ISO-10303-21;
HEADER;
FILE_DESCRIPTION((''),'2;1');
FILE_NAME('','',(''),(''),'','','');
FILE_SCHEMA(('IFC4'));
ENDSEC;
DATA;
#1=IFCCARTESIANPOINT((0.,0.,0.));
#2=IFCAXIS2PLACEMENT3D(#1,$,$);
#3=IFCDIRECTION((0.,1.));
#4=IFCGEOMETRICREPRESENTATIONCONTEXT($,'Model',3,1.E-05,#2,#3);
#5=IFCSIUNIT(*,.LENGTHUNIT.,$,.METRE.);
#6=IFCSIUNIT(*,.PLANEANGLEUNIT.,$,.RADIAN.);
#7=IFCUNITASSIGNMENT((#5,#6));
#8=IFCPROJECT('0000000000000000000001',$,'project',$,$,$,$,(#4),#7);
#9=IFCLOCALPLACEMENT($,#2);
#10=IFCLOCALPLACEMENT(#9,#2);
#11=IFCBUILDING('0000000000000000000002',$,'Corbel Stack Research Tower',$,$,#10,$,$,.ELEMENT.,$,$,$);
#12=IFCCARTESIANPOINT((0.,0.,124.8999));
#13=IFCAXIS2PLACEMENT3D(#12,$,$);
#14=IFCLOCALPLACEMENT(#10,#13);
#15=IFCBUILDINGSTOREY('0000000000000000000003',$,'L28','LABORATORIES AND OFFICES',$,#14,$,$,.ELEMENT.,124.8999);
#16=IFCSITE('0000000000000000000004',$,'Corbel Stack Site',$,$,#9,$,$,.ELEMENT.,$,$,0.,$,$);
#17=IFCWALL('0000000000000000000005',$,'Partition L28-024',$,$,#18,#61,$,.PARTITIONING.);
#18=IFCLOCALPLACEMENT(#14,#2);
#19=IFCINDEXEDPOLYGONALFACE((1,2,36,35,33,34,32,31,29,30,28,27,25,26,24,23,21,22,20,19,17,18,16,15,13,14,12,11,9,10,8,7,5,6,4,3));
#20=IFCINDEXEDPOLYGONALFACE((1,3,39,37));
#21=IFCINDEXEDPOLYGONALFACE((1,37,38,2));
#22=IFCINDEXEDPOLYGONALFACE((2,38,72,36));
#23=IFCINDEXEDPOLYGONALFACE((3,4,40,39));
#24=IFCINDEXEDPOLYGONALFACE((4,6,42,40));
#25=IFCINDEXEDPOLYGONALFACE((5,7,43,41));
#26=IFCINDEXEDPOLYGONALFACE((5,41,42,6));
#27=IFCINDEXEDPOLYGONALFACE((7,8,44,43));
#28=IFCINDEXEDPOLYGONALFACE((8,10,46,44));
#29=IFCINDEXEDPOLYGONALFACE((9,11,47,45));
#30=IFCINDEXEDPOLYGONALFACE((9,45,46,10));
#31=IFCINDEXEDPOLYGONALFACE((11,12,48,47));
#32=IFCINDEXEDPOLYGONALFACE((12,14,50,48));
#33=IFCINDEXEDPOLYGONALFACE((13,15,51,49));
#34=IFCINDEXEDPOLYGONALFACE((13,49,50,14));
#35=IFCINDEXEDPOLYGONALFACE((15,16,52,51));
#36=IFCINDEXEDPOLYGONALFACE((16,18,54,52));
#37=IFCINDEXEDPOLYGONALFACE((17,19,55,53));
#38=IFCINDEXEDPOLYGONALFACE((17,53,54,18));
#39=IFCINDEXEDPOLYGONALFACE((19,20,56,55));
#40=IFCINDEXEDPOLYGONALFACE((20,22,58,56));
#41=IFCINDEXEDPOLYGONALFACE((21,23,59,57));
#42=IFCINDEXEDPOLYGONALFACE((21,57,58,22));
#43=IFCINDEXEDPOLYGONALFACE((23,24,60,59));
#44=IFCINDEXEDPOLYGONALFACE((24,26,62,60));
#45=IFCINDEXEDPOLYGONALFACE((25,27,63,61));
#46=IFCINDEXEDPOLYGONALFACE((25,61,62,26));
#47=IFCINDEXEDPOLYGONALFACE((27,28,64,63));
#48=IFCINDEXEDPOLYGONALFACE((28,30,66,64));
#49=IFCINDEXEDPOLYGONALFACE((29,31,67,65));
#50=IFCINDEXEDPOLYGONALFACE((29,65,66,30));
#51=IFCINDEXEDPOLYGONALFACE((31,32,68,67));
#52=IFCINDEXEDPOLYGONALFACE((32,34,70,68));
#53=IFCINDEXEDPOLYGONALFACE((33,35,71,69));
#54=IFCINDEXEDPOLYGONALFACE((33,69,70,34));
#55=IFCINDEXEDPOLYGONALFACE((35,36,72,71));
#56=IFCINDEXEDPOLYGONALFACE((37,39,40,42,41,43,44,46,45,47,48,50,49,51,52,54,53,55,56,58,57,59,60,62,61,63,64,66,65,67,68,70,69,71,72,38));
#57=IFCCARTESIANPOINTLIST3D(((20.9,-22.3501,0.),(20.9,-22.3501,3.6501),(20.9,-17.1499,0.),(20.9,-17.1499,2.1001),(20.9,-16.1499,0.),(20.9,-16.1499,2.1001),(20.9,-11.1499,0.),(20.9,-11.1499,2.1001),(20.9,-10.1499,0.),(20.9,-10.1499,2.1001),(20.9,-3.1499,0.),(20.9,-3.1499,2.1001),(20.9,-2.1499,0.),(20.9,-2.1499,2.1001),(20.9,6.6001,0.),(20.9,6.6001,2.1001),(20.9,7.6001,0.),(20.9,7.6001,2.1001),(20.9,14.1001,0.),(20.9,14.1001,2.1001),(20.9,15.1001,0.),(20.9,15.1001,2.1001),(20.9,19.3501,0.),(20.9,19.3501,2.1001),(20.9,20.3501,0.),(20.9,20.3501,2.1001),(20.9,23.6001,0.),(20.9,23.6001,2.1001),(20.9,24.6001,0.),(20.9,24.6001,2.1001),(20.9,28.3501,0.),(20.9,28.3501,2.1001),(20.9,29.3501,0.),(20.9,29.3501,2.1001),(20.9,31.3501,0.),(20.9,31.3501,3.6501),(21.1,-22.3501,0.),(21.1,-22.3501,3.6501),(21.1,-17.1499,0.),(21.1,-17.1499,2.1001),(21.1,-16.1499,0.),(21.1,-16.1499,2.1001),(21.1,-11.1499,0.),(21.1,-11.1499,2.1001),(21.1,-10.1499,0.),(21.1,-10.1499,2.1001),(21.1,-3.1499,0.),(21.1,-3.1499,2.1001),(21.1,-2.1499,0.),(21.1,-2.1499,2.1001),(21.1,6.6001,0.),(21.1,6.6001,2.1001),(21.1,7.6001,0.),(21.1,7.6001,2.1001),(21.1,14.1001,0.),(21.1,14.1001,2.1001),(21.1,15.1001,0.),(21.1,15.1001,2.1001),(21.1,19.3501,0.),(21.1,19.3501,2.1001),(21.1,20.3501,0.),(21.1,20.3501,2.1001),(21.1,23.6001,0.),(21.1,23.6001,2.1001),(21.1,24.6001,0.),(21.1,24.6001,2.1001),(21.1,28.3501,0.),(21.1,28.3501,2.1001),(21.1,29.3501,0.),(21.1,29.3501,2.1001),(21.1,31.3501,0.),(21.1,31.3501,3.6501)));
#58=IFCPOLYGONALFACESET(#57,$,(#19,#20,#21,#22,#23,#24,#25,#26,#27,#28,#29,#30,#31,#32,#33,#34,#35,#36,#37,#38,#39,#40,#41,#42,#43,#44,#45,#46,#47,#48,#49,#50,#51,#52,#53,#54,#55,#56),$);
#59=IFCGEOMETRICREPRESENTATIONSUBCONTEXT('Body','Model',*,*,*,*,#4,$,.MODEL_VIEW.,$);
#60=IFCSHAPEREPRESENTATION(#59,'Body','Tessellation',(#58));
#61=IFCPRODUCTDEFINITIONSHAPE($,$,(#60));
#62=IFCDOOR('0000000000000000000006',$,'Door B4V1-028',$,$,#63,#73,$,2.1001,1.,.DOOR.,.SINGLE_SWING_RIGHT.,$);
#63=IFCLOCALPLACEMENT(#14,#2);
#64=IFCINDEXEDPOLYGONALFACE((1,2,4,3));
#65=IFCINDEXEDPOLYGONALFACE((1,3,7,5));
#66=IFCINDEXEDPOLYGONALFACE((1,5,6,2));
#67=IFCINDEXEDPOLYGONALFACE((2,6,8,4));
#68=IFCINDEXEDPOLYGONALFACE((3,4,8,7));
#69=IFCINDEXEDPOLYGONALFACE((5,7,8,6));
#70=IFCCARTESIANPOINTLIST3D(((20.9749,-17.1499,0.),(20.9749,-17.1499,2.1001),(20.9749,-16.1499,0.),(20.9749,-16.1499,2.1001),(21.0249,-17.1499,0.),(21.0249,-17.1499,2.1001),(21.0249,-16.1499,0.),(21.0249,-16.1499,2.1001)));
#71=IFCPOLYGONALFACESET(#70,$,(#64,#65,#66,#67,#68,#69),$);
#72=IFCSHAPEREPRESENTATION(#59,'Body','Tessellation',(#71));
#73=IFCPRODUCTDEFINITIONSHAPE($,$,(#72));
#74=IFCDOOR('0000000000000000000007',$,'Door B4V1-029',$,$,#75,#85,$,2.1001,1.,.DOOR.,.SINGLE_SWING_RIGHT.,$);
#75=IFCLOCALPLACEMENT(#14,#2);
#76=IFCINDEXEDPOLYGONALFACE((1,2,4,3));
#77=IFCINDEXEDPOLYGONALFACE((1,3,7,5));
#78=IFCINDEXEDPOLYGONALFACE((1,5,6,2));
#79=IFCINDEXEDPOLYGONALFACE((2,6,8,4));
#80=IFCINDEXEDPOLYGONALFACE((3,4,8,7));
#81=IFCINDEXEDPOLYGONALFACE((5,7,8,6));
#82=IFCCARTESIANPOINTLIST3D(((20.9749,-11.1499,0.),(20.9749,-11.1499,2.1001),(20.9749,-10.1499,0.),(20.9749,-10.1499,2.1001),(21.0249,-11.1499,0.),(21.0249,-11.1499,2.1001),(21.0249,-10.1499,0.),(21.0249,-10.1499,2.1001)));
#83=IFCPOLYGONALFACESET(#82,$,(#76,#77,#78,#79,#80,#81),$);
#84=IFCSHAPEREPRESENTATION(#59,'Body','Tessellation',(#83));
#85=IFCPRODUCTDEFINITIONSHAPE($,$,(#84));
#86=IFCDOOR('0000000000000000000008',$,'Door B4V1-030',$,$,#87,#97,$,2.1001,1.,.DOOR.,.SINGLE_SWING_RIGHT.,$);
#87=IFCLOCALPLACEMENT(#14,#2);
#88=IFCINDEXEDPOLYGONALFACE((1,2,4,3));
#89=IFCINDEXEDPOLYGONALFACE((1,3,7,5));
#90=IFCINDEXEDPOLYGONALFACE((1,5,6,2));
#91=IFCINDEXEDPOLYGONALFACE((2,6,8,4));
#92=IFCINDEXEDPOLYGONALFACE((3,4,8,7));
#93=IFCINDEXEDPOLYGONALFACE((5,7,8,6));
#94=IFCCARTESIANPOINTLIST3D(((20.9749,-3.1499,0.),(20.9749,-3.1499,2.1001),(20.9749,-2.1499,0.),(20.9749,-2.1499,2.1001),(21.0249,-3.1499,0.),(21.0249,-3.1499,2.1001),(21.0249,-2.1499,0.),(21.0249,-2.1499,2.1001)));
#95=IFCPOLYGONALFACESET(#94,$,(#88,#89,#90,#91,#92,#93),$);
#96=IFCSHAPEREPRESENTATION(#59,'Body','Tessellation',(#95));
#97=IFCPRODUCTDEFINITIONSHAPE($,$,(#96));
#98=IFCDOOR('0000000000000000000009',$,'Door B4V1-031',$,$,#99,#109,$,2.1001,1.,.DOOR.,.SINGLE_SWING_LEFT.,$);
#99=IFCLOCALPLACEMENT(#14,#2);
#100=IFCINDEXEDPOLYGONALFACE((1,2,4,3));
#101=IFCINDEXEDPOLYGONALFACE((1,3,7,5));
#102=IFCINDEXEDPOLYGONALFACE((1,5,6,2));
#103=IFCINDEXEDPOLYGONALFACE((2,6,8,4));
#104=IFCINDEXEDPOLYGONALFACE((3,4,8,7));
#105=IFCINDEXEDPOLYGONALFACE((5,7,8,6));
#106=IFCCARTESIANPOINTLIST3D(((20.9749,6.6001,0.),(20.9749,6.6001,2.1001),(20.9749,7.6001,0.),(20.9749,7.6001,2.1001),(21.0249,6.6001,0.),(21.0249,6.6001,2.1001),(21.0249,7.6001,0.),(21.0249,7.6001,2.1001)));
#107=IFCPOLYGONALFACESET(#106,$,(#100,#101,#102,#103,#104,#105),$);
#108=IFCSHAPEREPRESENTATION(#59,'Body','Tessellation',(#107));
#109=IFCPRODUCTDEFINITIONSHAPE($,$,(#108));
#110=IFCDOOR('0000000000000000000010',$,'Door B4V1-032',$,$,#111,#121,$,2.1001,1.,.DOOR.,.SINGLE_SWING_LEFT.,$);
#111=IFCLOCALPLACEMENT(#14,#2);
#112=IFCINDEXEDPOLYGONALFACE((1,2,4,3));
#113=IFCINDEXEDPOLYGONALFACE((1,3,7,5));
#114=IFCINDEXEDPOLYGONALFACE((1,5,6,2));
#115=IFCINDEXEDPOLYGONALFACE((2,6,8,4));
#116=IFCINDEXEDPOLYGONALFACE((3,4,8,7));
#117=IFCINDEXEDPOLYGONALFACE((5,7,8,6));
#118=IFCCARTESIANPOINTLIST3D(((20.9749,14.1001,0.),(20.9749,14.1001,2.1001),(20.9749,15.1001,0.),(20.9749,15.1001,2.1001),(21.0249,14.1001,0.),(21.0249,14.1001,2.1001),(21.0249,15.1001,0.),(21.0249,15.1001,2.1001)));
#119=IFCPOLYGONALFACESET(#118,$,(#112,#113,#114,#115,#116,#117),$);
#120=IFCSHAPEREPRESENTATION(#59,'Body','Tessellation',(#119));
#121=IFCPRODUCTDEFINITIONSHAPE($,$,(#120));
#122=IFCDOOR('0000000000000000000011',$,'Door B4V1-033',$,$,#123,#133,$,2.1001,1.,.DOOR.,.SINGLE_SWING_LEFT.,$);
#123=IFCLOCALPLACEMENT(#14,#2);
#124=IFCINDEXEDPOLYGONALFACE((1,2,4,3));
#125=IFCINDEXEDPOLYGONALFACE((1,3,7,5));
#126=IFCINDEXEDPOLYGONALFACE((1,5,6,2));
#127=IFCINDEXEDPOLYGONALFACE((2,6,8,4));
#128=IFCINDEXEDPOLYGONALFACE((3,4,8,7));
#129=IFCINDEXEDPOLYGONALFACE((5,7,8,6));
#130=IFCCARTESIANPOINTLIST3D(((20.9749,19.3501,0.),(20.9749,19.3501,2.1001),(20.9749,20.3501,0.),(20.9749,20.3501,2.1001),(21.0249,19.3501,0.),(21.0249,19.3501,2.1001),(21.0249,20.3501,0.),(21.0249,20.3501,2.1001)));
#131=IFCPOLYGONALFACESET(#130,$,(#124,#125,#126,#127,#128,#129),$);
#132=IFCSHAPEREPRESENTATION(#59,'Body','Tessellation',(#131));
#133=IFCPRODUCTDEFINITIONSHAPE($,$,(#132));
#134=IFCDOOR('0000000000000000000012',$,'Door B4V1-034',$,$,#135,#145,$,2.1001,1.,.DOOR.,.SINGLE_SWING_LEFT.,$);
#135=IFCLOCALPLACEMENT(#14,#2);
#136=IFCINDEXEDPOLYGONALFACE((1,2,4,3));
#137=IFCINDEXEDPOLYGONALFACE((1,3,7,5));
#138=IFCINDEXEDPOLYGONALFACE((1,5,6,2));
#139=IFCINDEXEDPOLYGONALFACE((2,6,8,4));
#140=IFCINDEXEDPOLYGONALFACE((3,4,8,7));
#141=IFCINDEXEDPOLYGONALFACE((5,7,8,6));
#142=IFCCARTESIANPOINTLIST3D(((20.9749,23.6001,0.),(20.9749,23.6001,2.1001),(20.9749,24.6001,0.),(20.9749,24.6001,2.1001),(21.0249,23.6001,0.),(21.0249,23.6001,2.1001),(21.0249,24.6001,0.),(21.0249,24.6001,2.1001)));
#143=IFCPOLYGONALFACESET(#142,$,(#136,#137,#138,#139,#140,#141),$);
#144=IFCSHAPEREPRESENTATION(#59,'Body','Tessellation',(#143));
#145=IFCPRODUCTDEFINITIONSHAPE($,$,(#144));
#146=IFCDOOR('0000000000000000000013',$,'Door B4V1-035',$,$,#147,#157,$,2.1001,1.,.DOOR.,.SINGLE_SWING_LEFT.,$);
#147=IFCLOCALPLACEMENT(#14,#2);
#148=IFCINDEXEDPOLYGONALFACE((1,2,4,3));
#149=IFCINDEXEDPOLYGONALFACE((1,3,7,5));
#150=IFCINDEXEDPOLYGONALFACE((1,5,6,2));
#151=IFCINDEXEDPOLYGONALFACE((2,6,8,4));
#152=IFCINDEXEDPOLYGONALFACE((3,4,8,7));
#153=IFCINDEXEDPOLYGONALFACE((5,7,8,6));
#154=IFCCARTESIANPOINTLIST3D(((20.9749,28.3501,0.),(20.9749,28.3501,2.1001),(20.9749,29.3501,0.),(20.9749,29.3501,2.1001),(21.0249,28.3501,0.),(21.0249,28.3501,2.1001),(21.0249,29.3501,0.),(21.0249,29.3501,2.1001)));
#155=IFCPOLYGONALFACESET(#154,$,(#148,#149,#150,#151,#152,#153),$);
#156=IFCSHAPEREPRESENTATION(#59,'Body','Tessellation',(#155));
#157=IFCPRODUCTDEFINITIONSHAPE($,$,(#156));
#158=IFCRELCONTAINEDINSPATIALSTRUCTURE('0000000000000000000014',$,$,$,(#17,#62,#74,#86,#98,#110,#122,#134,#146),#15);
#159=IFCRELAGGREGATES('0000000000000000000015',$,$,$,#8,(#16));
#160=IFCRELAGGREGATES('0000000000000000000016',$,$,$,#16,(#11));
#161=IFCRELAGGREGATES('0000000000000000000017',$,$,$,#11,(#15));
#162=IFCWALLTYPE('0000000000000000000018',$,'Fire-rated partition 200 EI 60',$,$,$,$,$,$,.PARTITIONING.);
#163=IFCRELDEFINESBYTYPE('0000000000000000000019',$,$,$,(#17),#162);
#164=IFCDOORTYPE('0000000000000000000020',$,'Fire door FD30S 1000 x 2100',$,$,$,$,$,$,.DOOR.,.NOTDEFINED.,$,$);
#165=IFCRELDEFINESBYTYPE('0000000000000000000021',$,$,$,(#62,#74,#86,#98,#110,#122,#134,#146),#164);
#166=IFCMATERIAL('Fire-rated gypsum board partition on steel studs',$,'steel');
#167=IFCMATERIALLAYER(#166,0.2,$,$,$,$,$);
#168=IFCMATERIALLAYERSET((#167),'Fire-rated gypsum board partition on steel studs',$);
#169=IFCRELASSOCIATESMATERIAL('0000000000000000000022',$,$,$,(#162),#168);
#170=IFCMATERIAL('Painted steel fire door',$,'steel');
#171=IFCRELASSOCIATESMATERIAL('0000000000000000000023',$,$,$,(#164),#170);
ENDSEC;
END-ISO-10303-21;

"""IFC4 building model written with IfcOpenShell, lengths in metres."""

from ifc_helpers import new_model, si_unit, direction, frame, frame_2d, origin, place, context, subcontext, project, spatial, rectangle, extrude, material, layer, layer_set, type_object, element, fill, save


model = new_model("IFC4")

# Units and contexts
model_context = context("Model", 3, precision=1e-05, world=origin(), true_north=direction((0.0, 1.0)))
body_context = subcontext(model_context, "Body", "Model", "MODEL_VIEW")
ifc_project = project(units=[si_unit("LENGTHUNIT", "METRE"), si_unit("PLANEANGLEUNIT", "RADIAN")], contexts=[model_context])

# Site, building, storey
site_placement = place(None, origin())
site = spatial("IfcSite", under=ifc_project, at=site_placement, Name="Corbel Stack Site", CompositionType="ELEMENT", RefElevation=0.0)
building_placement = place(site_placement, origin())
building = spatial("IfcBuilding", under=site, at=building_placement, Name="Corbel Stack Research Tower", CompositionType="ELEMENT")
storey_placement = place(building_placement, frame((0.0, 0.0, 124.8999)))
storey = spatial("IfcBuildingStorey", under=building, at=storey_placement, Name="L28", Description="LABORATORIES AND OFFICES", CompositionType="ELEMENT", Elevation=124.8999)

# Wall, openings, doors
ifc_material_1 = material(Name="Fire-rated gypsum board partition on steel studs", Category="steel")
ifc_layer_1 = layer(ifc_material_1, 0.2)
ifc_layer_set_1 = layer_set([ifc_layer_1], Name="Fire-rated gypsum board partition on steel studs")
wall_type_1 = type_object("IfcWallType", Name="Fire-rated partition 200 EI 60", PredefinedType="PARTITIONING", material=ifc_layer_set_1)
wall_1_placement = place(storey_placement, frame((21.0, 31.3501, 0.0), z_axis=(0.0, 0.0, 1.0), x_axis=(0.0, -1.0, 0.0)))
wall_1 = element("IfcWall", 1, at=wall_1_placement, inside=storey, type_object=wall_type_1, Name="Partition L28-024", PredefinedType="PARTITIONING", context=body_context, shape_type="SweptSolid", body=[
    extrude(rectangle(XDim=53.7002, YDim=0.2, at=frame_2d((26.8501, 0.0))), origin(), (0.0, 0.0, 1.0), 3.6501),
])
opening_1_placement = place(wall_1_placement, frame((47.5, 0.0, 0.0)))
opening_1 = element("IfcOpeningElement", 2, at=opening_1_placement, cuts=wall_1, PredefinedType="OPENING", context=body_context, shape_type="SweptSolid", body=[
    extrude(rectangle(XDim=1.0, YDim=2.1001, at=frame_2d((0.5, 1.05))), frame((0.0, 0.1099, 0.0), z_axis=(0.0, -1.0, 0.0), x_axis=(1.0, 0.0, 0.0)), (0.0, 0.0, 1.0), 0.22),
])
opening_2_placement = place(wall_1_placement, frame((41.5, 0.0, 0.0)))
opening_2 = element("IfcOpeningElement", 3, at=opening_2_placement, cuts=wall_1, PredefinedType="OPENING", context=body_context, shape_type="SweptSolid", body=[
    extrude(rectangle(XDim=1.0, YDim=2.1001, at=frame_2d((0.5, 1.05))), frame((0.0, 0.1099, 0.0), z_axis=(0.0, -1.0, 0.0), x_axis=(1.0, 0.0, 0.0)), (0.0, 0.0, 1.0), 0.22),
])
opening_3_placement = place(wall_1_placement, frame((33.5, 0.0, 0.0)))
opening_3 = element("IfcOpeningElement", 4, at=opening_3_placement, cuts=wall_1, PredefinedType="OPENING", context=body_context, shape_type="SweptSolid", body=[
    extrude(rectangle(XDim=1.0, YDim=2.1001, at=frame_2d((0.5, 1.05))), frame((0.0, 0.1099, 0.0), z_axis=(0.0, -1.0, 0.0), x_axis=(1.0, 0.0, 0.0)), (0.0, 0.0, 1.0), 0.22),
])
opening_4_placement = place(wall_1_placement, frame((23.75, 0.0, 0.0)))
opening_4 = element("IfcOpeningElement", 5, at=opening_4_placement, cuts=wall_1, PredefinedType="OPENING", context=body_context, shape_type="SweptSolid", body=[
    extrude(rectangle(XDim=1.0, YDim=2.1001, at=frame_2d((0.5, 1.05))), frame((0.0, 0.1099, 0.0), z_axis=(0.0, -1.0, 0.0), x_axis=(1.0, 0.0, 0.0)), (0.0, 0.0, 1.0), 0.22),
])
opening_5_placement = place(wall_1_placement, frame((16.25, 0.0, 0.0)))
opening_5 = element("IfcOpeningElement", 6, at=opening_5_placement, cuts=wall_1, PredefinedType="OPENING", context=body_context, shape_type="SweptSolid", body=[
    extrude(rectangle(XDim=1.0, YDim=2.1001, at=frame_2d((0.5, 1.05))), frame((0.0, 0.1099, 0.0), z_axis=(0.0, -1.0, 0.0), x_axis=(1.0, 0.0, 0.0)), (0.0, 0.0, 1.0), 0.22),
])
opening_6_placement = place(wall_1_placement, frame((11.0, 0.0, 0.0)))
opening_6 = element("IfcOpeningElement", 7, at=opening_6_placement, cuts=wall_1, PredefinedType="OPENING", context=body_context, shape_type="SweptSolid", body=[
    extrude(rectangle(XDim=1.0, YDim=2.1001, at=frame_2d((0.5, 1.05))), frame((0.0, 0.1099, 0.0), z_axis=(0.0, -1.0, 0.0), x_axis=(1.0, 0.0, 0.0)), (0.0, 0.0, 1.0), 0.22),
])
opening_7_placement = place(wall_1_placement, frame((6.75, 0.0, 0.0)))
opening_7 = element("IfcOpeningElement", 8, at=opening_7_placement, cuts=wall_1, PredefinedType="OPENING", context=body_context, shape_type="SweptSolid", body=[
    extrude(rectangle(XDim=1.0, YDim=2.1001, at=frame_2d((0.5, 1.05))), frame((0.0, 0.1099, 0.0), z_axis=(0.0, -1.0, 0.0), x_axis=(1.0, 0.0, 0.0)), (0.0, 0.0, 1.0), 0.22),
])
opening_8_placement = place(wall_1_placement, frame((2.0, 0.0, 0.0)))
opening_8 = element("IfcOpeningElement", 9, at=opening_8_placement, cuts=wall_1, PredefinedType="OPENING", context=body_context, shape_type="SweptSolid", body=[
    extrude(rectangle(XDim=1.0, YDim=2.1001, at=frame_2d((0.5, 1.05))), frame((0.0, 0.1099, 0.0), z_axis=(0.0, -1.0, 0.0), x_axis=(1.0, 0.0, 0.0)), (0.0, 0.0, 1.0), 0.22),
])
ifc_material_2 = material(Name="Painted steel fire door", Category="steel")
door_type_1 = type_object("IfcDoorType", Name="Fire door FD30S 1000 x 2100", OperationType="NOTDEFINED", PredefinedType="DOOR", material=ifc_material_2)
door_1_placement = place(opening_1_placement, origin())
door_1 = element("IfcDoor", 10, at=door_1_placement, inside=storey, type_object=door_type_1, Name="Door B4V1-028", OperationType="SINGLE_SWING_RIGHT", OverallHeight=2.1001, OverallWidth=1.0, PredefinedType="DOOR", context=body_context, shape_type="SweptSolid", body=[
    extrude(rectangle(XDim=1.0, YDim=2.1001, at=frame_2d((0.5, 1.05))), frame((0.0, 0.0249, 0.0), z_axis=(0.0, -1.0, 0.0), x_axis=(1.0, 0.0, 0.0)), (0.0, 0.0, 1.0), 0.05),
])
fill(opening_1, door_1)
door_2_placement = place(opening_2_placement, origin())
door_2 = element("IfcDoor", 11, at=door_2_placement, inside=storey, type_object=door_type_1, Name="Door B4V1-029", OperationType="SINGLE_SWING_RIGHT", OverallHeight=2.1001, OverallWidth=1.0, PredefinedType="DOOR", context=body_context, shape_type="SweptSolid", body=[
    extrude(rectangle(XDim=1.0, YDim=2.1001, at=frame_2d((0.5, 1.05))), frame((0.0, 0.0249, 0.0), z_axis=(0.0, -1.0, 0.0), x_axis=(1.0, 0.0, 0.0)), (0.0, 0.0, 1.0), 0.05),
])
fill(opening_2, door_2)
door_3_placement = place(opening_3_placement, origin())
door_3 = element("IfcDoor", 12, at=door_3_placement, inside=storey, type_object=door_type_1, Name="Door B4V1-030", OperationType="SINGLE_SWING_RIGHT", OverallHeight=2.1001, OverallWidth=1.0, PredefinedType="DOOR", context=body_context, shape_type="SweptSolid", body=[
    extrude(rectangle(XDim=1.0, YDim=2.1001, at=frame_2d((0.5, 1.05))), frame((0.0, 0.0249, 0.0), z_axis=(0.0, -1.0, 0.0), x_axis=(1.0, 0.0, 0.0)), (0.0, 0.0, 1.0), 0.05),
])
fill(opening_3, door_3)
door_4_placement = place(opening_4_placement, origin())
door_4 = element("IfcDoor", 13, at=door_4_placement, inside=storey, type_object=door_type_1, Name="Door B4V1-031", OperationType="SINGLE_SWING_LEFT", OverallHeight=2.1001, OverallWidth=1.0, PredefinedType="DOOR", context=body_context, shape_type="SweptSolid", body=[
    extrude(rectangle(XDim=1.0, YDim=2.1001, at=frame_2d((0.5, 1.05))), frame((0.0, 0.0249, 0.0), z_axis=(0.0, -1.0, 0.0), x_axis=(1.0, 0.0, 0.0)), (0.0, 0.0, 1.0), 0.05),
])
fill(opening_4, door_4)
door_5_placement = place(opening_5_placement, origin())
door_5 = element("IfcDoor", 14, at=door_5_placement, inside=storey, type_object=door_type_1, Name="Door B4V1-032", OperationType="SINGLE_SWING_LEFT", OverallHeight=2.1001, OverallWidth=1.0, PredefinedType="DOOR", context=body_context, shape_type="SweptSolid", body=[
    extrude(rectangle(XDim=1.0, YDim=2.1001, at=frame_2d((0.5, 1.05))), frame((0.0, 0.0249, 0.0), z_axis=(0.0, -1.0, 0.0), x_axis=(1.0, 0.0, 0.0)), (0.0, 0.0, 1.0), 0.05),
])
fill(opening_5, door_5)
door_6_placement = place(opening_6_placement, origin())
door_6 = element("IfcDoor", 15, at=door_6_placement, inside=storey, type_object=door_type_1, Name="Door B4V1-033", OperationType="SINGLE_SWING_LEFT", OverallHeight=2.1001, OverallWidth=1.0, PredefinedType="DOOR", context=body_context, shape_type="SweptSolid", body=[
    extrude(rectangle(XDim=1.0, YDim=2.1001, at=frame_2d((0.5, 1.05))), frame((0.0, 0.0249, 0.0), z_axis=(0.0, -1.0, 0.0), x_axis=(1.0, 0.0, 0.0)), (0.0, 0.0, 1.0), 0.05),
])
fill(opening_6, door_6)
door_7_placement = place(opening_7_placement, origin())
door_7 = element("IfcDoor", 16, at=door_7_placement, inside=storey, type_object=door_type_1, Name="Door B4V1-034", OperationType="SINGLE_SWING_LEFT", OverallHeight=2.1001, OverallWidth=1.0, PredefinedType="DOOR", context=body_context, shape_type="SweptSolid", body=[
    extrude(rectangle(XDim=1.0, YDim=2.1001, at=frame_2d((0.5, 1.05))), frame((0.0, 0.0249, 0.0), z_axis=(0.0, -1.0, 0.0), x_axis=(1.0, 0.0, 0.0)), (0.0, 0.0, 1.0), 0.05),
])
fill(opening_7, door_7)
door_8_placement = place(opening_8_placement, origin())
door_8 = element("IfcDoor", 17, at=door_8_placement, inside=storey, type_object=door_type_1, Name="Door B4V1-035", OperationType="SINGLE_SWING_LEFT", OverallHeight=2.1001, OverallWidth=1.0, PredefinedType="DOOR", context=body_context, shape_type="SweptSolid", body=[
    extrude(rectangle(XDim=1.0, YDim=2.1001, at=frame_2d((0.5, 1.05))), frame((0.0, 0.0249, 0.0), z_axis=(0.0, -1.0, 0.0), x_axis=(1.0, 0.0, 0.0)), (0.0, 0.0, 1.0), 0.05),
])
fill(opening_8, door_8)

save(model, "model.ifc")
